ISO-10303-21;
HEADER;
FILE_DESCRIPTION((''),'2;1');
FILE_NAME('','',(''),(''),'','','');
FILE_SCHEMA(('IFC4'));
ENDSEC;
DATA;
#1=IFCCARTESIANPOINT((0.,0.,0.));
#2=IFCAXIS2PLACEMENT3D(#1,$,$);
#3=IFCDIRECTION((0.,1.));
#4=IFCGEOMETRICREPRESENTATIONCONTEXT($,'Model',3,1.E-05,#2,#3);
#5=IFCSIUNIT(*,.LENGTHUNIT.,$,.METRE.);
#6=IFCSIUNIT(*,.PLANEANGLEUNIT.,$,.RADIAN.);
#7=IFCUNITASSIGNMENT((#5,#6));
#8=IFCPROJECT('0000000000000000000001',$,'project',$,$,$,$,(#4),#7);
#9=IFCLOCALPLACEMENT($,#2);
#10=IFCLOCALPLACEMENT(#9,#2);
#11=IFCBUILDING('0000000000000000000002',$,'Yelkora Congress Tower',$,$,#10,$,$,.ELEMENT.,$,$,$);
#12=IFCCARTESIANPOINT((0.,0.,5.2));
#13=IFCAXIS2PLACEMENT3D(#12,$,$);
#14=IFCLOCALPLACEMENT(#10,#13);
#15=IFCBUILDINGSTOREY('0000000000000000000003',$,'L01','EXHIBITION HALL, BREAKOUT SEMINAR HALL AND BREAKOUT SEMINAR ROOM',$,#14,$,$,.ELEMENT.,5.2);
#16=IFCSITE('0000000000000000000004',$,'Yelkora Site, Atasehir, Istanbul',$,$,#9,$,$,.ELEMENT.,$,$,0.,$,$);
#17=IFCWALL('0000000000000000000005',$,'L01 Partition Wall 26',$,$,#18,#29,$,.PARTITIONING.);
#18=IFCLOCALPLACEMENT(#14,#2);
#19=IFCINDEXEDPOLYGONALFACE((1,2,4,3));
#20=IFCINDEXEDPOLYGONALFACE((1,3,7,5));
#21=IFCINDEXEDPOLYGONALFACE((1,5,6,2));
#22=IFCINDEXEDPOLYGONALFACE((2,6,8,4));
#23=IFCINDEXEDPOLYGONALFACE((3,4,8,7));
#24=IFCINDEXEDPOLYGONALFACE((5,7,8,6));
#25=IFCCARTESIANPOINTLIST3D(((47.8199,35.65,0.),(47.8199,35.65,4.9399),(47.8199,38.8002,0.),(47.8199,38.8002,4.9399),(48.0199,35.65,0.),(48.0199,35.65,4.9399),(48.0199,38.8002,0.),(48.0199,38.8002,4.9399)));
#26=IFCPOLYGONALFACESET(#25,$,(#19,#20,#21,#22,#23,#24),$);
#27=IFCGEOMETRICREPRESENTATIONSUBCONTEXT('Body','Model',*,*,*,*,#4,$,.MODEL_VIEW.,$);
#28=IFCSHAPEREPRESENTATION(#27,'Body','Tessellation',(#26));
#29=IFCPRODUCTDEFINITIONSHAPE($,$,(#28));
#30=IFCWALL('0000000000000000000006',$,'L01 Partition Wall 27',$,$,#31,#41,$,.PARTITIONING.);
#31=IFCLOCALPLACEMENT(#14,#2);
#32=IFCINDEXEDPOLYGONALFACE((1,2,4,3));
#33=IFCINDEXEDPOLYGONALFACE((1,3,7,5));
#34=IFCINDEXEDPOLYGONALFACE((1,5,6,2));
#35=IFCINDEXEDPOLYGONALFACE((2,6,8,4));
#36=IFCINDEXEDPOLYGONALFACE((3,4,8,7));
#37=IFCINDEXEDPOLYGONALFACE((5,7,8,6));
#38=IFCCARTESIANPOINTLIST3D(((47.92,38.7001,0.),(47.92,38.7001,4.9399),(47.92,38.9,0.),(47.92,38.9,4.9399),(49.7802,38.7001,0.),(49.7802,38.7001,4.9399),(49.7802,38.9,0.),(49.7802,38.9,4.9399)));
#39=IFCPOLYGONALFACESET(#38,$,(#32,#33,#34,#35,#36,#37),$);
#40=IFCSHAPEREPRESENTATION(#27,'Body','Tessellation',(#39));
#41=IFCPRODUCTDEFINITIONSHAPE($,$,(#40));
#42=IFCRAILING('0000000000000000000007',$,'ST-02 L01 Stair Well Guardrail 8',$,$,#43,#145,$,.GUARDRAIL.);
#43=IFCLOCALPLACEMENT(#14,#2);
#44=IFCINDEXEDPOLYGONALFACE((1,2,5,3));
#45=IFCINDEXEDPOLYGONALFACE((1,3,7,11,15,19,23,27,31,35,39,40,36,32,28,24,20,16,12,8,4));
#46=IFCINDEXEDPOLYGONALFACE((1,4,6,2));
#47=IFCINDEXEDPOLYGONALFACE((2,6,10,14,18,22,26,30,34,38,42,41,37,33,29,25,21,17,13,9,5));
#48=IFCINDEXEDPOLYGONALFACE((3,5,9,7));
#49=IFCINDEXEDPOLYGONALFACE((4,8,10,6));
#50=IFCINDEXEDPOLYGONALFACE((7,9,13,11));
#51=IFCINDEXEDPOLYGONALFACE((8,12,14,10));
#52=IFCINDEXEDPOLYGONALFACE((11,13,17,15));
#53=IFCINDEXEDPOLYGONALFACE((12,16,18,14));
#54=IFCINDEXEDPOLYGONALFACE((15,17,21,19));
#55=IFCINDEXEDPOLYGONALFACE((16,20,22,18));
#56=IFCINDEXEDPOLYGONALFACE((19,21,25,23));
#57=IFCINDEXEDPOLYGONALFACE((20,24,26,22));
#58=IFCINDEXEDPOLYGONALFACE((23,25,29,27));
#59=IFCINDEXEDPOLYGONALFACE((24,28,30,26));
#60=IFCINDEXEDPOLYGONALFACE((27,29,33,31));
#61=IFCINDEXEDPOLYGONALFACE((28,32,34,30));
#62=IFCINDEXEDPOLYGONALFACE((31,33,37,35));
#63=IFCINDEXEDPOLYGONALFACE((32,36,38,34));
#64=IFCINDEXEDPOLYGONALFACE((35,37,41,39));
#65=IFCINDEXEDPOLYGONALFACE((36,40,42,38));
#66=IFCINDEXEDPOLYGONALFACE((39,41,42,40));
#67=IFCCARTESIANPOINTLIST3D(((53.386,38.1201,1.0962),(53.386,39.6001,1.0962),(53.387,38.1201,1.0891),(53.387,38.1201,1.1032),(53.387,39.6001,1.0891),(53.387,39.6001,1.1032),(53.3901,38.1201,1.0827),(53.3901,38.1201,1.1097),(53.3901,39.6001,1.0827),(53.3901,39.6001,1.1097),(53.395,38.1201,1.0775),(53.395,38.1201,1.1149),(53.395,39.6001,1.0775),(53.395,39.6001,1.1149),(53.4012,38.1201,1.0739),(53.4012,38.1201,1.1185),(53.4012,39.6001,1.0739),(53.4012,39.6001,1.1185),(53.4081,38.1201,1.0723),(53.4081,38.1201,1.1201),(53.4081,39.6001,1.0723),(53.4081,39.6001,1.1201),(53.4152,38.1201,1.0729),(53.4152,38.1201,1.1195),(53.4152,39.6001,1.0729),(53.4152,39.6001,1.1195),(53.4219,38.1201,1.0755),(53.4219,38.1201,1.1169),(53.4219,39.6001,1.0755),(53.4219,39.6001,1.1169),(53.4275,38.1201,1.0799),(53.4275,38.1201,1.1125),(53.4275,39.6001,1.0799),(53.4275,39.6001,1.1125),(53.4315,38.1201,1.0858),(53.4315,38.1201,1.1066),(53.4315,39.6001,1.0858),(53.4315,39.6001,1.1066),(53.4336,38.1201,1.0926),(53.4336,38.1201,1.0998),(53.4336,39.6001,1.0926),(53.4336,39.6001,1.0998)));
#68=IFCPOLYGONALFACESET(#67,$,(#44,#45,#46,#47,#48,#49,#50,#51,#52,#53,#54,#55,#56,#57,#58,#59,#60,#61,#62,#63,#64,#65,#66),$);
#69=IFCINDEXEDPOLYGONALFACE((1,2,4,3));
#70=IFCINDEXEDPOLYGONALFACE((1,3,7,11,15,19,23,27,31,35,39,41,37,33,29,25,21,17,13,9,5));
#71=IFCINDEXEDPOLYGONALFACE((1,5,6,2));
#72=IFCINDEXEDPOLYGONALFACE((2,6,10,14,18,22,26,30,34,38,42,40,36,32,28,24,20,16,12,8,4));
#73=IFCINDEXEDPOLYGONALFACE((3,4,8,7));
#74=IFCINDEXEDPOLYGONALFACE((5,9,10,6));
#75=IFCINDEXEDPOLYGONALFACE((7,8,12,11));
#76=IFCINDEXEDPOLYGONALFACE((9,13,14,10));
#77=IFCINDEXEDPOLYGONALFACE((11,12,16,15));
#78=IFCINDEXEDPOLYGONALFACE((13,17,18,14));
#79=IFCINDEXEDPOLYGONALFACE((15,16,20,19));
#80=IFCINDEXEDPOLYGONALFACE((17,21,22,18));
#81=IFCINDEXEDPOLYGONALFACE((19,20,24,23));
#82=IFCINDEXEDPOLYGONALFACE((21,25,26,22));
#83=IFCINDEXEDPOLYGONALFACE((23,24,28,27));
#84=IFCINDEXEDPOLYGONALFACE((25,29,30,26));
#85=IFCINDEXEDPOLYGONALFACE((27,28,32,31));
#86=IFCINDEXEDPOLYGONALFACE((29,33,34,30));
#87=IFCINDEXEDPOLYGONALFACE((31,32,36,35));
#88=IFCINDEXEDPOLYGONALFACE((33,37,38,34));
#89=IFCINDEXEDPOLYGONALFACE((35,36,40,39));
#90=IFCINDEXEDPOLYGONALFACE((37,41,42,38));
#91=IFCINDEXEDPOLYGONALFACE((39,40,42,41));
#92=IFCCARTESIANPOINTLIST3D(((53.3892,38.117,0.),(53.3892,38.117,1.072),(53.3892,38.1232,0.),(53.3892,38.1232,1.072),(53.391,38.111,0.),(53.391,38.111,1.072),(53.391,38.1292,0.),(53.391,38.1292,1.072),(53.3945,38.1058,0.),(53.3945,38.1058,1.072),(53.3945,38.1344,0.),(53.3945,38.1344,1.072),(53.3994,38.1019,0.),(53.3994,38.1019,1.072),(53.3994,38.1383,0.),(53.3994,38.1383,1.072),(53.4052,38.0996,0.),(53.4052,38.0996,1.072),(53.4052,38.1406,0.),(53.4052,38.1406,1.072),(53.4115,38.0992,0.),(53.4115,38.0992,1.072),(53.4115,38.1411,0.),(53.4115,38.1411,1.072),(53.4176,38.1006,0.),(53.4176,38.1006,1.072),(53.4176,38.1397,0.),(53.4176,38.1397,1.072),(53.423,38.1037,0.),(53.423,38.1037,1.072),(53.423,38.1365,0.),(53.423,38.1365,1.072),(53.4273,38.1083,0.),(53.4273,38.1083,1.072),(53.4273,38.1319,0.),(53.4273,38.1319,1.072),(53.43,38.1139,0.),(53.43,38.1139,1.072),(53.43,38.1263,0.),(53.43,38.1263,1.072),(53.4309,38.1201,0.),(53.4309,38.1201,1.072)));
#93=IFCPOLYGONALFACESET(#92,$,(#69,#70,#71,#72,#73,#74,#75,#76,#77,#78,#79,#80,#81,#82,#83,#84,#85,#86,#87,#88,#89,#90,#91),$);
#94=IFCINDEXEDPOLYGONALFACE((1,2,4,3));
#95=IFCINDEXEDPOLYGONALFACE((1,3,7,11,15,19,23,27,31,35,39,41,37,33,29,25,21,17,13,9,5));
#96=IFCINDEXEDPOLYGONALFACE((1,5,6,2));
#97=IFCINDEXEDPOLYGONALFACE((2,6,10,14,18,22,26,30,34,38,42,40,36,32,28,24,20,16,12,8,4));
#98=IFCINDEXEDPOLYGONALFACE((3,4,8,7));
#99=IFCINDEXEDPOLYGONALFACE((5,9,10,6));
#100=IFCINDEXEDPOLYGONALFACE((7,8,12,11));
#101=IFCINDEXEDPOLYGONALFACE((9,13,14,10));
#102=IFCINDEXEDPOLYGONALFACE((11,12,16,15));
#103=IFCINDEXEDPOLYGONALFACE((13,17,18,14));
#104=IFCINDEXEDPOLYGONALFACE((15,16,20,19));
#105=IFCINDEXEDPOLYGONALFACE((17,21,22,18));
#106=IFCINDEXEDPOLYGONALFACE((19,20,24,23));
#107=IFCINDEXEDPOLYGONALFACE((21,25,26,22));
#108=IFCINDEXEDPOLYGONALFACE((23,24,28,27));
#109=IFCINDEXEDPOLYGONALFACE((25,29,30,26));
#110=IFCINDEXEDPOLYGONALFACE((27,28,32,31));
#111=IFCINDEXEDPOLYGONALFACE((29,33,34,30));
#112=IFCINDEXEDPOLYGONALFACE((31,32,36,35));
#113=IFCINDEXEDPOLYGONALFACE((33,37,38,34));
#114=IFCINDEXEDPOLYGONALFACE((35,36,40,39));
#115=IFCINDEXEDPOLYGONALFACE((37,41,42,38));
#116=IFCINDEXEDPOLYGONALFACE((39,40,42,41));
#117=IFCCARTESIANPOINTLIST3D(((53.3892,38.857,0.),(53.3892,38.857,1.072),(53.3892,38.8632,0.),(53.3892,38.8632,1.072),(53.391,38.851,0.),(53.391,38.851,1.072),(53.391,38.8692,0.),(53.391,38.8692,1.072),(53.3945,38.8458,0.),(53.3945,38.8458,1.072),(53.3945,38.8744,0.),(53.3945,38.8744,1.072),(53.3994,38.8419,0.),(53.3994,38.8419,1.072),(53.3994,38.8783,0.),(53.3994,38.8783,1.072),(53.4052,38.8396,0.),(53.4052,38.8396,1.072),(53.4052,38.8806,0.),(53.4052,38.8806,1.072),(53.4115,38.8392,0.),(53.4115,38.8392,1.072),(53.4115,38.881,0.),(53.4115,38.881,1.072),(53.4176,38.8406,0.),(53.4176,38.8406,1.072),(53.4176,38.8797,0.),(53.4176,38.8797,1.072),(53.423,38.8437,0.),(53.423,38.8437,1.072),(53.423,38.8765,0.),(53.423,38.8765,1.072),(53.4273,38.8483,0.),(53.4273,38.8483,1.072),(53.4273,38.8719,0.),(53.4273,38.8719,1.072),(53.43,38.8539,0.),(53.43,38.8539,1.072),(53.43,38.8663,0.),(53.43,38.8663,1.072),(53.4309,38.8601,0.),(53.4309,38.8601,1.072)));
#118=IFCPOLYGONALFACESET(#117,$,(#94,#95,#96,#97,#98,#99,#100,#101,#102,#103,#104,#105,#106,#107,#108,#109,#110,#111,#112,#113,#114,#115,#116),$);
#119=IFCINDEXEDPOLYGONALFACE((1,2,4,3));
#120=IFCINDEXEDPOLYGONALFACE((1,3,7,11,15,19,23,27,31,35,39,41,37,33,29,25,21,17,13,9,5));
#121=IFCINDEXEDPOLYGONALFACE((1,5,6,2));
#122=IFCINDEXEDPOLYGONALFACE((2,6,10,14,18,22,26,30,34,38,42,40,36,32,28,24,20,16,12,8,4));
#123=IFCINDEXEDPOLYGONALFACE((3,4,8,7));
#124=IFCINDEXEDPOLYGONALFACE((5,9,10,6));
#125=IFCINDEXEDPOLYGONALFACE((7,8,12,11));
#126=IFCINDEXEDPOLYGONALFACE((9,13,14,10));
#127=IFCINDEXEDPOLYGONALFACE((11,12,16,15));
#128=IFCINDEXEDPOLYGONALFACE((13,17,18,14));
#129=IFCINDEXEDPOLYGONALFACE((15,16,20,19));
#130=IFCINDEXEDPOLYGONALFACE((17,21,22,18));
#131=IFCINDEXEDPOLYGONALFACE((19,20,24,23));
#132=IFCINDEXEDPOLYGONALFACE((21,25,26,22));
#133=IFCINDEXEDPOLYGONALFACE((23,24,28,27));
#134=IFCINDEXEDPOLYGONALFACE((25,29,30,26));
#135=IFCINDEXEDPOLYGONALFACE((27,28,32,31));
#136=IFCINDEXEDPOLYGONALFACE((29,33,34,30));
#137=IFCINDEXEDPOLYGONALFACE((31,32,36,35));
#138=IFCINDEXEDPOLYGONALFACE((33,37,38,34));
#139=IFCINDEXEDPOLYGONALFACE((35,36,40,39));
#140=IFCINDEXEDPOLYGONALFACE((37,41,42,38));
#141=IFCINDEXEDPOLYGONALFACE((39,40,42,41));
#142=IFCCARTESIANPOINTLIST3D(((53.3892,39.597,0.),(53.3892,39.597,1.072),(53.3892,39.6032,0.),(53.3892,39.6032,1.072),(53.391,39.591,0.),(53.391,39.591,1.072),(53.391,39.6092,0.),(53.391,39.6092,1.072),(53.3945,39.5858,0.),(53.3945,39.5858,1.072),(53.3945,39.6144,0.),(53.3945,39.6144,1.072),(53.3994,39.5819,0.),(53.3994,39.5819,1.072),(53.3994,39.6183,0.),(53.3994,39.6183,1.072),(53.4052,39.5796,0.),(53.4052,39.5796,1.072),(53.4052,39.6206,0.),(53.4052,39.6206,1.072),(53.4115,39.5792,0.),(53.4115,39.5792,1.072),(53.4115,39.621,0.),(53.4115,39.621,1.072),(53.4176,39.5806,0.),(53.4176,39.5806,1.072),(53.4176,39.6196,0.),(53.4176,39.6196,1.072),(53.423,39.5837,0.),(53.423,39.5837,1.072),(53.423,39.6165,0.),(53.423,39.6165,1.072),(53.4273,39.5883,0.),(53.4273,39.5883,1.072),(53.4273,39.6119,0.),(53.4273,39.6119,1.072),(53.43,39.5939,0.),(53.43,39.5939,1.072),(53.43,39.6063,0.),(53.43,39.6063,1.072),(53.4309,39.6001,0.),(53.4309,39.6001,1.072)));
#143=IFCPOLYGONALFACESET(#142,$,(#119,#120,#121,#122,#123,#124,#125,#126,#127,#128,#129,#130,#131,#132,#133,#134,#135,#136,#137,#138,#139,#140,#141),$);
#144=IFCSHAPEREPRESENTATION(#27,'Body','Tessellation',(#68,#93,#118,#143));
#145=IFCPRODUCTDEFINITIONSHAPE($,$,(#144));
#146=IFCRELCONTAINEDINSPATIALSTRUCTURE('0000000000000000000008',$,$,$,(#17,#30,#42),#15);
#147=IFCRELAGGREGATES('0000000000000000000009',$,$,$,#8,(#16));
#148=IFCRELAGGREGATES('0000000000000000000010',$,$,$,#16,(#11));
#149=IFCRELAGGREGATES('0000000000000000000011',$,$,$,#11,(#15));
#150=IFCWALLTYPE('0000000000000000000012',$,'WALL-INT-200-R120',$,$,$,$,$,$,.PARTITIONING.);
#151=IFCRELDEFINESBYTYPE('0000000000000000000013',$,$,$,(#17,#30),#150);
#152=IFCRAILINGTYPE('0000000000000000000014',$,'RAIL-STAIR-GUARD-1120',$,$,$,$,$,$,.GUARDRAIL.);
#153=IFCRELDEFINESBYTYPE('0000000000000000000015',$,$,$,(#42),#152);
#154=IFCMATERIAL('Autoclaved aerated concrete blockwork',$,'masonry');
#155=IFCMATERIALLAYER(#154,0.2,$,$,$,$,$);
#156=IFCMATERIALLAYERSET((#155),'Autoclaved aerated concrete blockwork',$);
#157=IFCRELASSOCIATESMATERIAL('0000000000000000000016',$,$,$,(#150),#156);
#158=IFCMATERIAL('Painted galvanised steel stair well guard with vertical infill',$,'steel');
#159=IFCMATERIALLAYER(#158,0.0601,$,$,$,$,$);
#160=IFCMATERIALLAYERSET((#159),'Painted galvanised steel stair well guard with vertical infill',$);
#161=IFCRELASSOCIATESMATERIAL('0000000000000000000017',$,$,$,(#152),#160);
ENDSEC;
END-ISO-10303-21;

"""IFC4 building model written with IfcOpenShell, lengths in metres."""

from ifc_helpers import new_model, si_unit, direction, frame, frame_2d, origin, origin_2d, place, context, subcontext, project, spatial, rectangle, circle, extrude, material, layer, layer_set, type_object, element, save


model = new_model("IFC4")

# Units and contexts
model_context = context("Model", 3, precision=1e-05, world=origin(), true_north=direction((0.0, 1.0)))
body_context = subcontext(model_context, "Body", "Model", "MODEL_VIEW")
ifc_project = project(units=[si_unit("LENGTHUNIT", "METRE"), si_unit("PLANEANGLEUNIT", "RADIAN")], contexts=[model_context])

# Site, building, storey
site_placement = place(None, origin())
site = spatial("IfcSite", under=ifc_project, at=site_placement, Name="Yelkora Site, Atasehir, Istanbul", CompositionType="ELEMENT", RefElevation=0.0)
building_placement = place(site_placement, origin())
building = spatial("IfcBuilding", under=site, at=building_placement, Name="Yelkora Congress Tower", CompositionType="ELEMENT")
storey_placement = place(building_placement, frame((0.0, 0.0, 5.2)))
storey = spatial("IfcBuildingStorey", under=building, at=storey_placement, Name="L01", Description="EXHIBITION HALL, BREAKOUT SEMINAR HALL AND BREAKOUT SEMINAR ROOM", CompositionType="ELEMENT", Elevation=5.2)

# Shared definitions
ifc_material_1 = material(Name="Autoclaved aerated concrete blockwork", Category="masonry")
ifc_layer_1 = layer(ifc_material_1, 0.2)
ifc_layer_set_1 = layer_set([ifc_layer_1], Name="Autoclaved aerated concrete blockwork")
wall_type_1 = type_object("IfcWallType", Name="WALL-INT-200-R120", PredefinedType="PARTITIONING", material=ifc_layer_set_1)

# Walls
wall_1_placement = place(storey_placement, frame((47.9199, 35.6499, 0.0), z_axis=(0.0, 0.0, 1.0), x_axis=(0.0, 1.0, 0.0)))
element("IfcWall", 1, at=wall_1_placement, inside=storey, type_object=wall_type_1, Name="L01 Partition Wall 26", PredefinedType="PARTITIONING", context=body_context, shape_type="SweptSolid", body=[
    extrude(rectangle(XDim=3.1501, YDim=0.2, at=frame_2d((1.5752, 0.0))), origin(), (0.0, 0.0, 1.0), 4.9399),
])
wall_2_placement = place(storey_placement, frame((47.9199, 38.8, 0.0), z_axis=(0.0, 0.0, 1.0), x_axis=(1.0, 0.0, 0.0)))
element("IfcWall", 2, at=wall_2_placement, inside=storey, type_object=wall_type_1, Name="L01 Partition Wall 27", PredefinedType="PARTITIONING", context=body_context, shape_type="SweptSolid", body=[
    extrude(rectangle(XDim=1.8601, YDim=0.2, at=frame_2d((0.9302, 0.0))), origin(), (0.0, 0.0, 1.0), 4.9399),
])

# Railing
ifc_material_2 = material(Name="Painted galvanised steel stair well guard with vertical infill", Category="steel")
ifc_layer_2 = layer(ifc_material_2, 0.0601)
ifc_layer_set_2 = layer_set([ifc_layer_2], Name="Painted galvanised steel stair well guard with vertical infill")
railing_type = type_object("IfcRailingType", Name="RAIL-STAIR-GUARD-1120", PredefinedType="GUARDRAIL", material=ifc_layer_set_2)
for number, where, name in (
    (3, (53.4099, 38.1201, 0.0), "ST-02 L01 Stair Well Guardrail 8"),
):
    element("IfcRailing", number, at=place(storey_placement, frame(where)), inside=storey, type_object=railing_type, Name=name, PredefinedType="GUARDRAIL", context=body_context, shape_type="SweptSolid", body=[
        extrude(circle(Radius=0.0239, at=origin_2d()), frame((0.0, 0.0, 1.0962), z_axis=(0.0, 1.0, 0.0), x_axis=(-1.0, 0.0, 0.0)), (0.0, 0.0, 1.0), 1.48),
        extrude(circle(Radius=0.021, at=origin_2d()), origin(), (0.0, 0.0, 1.0), 1.072),
        extrude(circle(Radius=0.021, at=origin_2d()), frame((0.0, 0.74, 0.0)), (0.0, 0.0, 1.0), 1.072),
        extrude(circle(Radius=0.021, at=origin_2d()), frame((0.0, 1.48, 0.0)), (0.0, 0.0, 1.0), 1.072),
    ])

save(model, "model.ifc")
